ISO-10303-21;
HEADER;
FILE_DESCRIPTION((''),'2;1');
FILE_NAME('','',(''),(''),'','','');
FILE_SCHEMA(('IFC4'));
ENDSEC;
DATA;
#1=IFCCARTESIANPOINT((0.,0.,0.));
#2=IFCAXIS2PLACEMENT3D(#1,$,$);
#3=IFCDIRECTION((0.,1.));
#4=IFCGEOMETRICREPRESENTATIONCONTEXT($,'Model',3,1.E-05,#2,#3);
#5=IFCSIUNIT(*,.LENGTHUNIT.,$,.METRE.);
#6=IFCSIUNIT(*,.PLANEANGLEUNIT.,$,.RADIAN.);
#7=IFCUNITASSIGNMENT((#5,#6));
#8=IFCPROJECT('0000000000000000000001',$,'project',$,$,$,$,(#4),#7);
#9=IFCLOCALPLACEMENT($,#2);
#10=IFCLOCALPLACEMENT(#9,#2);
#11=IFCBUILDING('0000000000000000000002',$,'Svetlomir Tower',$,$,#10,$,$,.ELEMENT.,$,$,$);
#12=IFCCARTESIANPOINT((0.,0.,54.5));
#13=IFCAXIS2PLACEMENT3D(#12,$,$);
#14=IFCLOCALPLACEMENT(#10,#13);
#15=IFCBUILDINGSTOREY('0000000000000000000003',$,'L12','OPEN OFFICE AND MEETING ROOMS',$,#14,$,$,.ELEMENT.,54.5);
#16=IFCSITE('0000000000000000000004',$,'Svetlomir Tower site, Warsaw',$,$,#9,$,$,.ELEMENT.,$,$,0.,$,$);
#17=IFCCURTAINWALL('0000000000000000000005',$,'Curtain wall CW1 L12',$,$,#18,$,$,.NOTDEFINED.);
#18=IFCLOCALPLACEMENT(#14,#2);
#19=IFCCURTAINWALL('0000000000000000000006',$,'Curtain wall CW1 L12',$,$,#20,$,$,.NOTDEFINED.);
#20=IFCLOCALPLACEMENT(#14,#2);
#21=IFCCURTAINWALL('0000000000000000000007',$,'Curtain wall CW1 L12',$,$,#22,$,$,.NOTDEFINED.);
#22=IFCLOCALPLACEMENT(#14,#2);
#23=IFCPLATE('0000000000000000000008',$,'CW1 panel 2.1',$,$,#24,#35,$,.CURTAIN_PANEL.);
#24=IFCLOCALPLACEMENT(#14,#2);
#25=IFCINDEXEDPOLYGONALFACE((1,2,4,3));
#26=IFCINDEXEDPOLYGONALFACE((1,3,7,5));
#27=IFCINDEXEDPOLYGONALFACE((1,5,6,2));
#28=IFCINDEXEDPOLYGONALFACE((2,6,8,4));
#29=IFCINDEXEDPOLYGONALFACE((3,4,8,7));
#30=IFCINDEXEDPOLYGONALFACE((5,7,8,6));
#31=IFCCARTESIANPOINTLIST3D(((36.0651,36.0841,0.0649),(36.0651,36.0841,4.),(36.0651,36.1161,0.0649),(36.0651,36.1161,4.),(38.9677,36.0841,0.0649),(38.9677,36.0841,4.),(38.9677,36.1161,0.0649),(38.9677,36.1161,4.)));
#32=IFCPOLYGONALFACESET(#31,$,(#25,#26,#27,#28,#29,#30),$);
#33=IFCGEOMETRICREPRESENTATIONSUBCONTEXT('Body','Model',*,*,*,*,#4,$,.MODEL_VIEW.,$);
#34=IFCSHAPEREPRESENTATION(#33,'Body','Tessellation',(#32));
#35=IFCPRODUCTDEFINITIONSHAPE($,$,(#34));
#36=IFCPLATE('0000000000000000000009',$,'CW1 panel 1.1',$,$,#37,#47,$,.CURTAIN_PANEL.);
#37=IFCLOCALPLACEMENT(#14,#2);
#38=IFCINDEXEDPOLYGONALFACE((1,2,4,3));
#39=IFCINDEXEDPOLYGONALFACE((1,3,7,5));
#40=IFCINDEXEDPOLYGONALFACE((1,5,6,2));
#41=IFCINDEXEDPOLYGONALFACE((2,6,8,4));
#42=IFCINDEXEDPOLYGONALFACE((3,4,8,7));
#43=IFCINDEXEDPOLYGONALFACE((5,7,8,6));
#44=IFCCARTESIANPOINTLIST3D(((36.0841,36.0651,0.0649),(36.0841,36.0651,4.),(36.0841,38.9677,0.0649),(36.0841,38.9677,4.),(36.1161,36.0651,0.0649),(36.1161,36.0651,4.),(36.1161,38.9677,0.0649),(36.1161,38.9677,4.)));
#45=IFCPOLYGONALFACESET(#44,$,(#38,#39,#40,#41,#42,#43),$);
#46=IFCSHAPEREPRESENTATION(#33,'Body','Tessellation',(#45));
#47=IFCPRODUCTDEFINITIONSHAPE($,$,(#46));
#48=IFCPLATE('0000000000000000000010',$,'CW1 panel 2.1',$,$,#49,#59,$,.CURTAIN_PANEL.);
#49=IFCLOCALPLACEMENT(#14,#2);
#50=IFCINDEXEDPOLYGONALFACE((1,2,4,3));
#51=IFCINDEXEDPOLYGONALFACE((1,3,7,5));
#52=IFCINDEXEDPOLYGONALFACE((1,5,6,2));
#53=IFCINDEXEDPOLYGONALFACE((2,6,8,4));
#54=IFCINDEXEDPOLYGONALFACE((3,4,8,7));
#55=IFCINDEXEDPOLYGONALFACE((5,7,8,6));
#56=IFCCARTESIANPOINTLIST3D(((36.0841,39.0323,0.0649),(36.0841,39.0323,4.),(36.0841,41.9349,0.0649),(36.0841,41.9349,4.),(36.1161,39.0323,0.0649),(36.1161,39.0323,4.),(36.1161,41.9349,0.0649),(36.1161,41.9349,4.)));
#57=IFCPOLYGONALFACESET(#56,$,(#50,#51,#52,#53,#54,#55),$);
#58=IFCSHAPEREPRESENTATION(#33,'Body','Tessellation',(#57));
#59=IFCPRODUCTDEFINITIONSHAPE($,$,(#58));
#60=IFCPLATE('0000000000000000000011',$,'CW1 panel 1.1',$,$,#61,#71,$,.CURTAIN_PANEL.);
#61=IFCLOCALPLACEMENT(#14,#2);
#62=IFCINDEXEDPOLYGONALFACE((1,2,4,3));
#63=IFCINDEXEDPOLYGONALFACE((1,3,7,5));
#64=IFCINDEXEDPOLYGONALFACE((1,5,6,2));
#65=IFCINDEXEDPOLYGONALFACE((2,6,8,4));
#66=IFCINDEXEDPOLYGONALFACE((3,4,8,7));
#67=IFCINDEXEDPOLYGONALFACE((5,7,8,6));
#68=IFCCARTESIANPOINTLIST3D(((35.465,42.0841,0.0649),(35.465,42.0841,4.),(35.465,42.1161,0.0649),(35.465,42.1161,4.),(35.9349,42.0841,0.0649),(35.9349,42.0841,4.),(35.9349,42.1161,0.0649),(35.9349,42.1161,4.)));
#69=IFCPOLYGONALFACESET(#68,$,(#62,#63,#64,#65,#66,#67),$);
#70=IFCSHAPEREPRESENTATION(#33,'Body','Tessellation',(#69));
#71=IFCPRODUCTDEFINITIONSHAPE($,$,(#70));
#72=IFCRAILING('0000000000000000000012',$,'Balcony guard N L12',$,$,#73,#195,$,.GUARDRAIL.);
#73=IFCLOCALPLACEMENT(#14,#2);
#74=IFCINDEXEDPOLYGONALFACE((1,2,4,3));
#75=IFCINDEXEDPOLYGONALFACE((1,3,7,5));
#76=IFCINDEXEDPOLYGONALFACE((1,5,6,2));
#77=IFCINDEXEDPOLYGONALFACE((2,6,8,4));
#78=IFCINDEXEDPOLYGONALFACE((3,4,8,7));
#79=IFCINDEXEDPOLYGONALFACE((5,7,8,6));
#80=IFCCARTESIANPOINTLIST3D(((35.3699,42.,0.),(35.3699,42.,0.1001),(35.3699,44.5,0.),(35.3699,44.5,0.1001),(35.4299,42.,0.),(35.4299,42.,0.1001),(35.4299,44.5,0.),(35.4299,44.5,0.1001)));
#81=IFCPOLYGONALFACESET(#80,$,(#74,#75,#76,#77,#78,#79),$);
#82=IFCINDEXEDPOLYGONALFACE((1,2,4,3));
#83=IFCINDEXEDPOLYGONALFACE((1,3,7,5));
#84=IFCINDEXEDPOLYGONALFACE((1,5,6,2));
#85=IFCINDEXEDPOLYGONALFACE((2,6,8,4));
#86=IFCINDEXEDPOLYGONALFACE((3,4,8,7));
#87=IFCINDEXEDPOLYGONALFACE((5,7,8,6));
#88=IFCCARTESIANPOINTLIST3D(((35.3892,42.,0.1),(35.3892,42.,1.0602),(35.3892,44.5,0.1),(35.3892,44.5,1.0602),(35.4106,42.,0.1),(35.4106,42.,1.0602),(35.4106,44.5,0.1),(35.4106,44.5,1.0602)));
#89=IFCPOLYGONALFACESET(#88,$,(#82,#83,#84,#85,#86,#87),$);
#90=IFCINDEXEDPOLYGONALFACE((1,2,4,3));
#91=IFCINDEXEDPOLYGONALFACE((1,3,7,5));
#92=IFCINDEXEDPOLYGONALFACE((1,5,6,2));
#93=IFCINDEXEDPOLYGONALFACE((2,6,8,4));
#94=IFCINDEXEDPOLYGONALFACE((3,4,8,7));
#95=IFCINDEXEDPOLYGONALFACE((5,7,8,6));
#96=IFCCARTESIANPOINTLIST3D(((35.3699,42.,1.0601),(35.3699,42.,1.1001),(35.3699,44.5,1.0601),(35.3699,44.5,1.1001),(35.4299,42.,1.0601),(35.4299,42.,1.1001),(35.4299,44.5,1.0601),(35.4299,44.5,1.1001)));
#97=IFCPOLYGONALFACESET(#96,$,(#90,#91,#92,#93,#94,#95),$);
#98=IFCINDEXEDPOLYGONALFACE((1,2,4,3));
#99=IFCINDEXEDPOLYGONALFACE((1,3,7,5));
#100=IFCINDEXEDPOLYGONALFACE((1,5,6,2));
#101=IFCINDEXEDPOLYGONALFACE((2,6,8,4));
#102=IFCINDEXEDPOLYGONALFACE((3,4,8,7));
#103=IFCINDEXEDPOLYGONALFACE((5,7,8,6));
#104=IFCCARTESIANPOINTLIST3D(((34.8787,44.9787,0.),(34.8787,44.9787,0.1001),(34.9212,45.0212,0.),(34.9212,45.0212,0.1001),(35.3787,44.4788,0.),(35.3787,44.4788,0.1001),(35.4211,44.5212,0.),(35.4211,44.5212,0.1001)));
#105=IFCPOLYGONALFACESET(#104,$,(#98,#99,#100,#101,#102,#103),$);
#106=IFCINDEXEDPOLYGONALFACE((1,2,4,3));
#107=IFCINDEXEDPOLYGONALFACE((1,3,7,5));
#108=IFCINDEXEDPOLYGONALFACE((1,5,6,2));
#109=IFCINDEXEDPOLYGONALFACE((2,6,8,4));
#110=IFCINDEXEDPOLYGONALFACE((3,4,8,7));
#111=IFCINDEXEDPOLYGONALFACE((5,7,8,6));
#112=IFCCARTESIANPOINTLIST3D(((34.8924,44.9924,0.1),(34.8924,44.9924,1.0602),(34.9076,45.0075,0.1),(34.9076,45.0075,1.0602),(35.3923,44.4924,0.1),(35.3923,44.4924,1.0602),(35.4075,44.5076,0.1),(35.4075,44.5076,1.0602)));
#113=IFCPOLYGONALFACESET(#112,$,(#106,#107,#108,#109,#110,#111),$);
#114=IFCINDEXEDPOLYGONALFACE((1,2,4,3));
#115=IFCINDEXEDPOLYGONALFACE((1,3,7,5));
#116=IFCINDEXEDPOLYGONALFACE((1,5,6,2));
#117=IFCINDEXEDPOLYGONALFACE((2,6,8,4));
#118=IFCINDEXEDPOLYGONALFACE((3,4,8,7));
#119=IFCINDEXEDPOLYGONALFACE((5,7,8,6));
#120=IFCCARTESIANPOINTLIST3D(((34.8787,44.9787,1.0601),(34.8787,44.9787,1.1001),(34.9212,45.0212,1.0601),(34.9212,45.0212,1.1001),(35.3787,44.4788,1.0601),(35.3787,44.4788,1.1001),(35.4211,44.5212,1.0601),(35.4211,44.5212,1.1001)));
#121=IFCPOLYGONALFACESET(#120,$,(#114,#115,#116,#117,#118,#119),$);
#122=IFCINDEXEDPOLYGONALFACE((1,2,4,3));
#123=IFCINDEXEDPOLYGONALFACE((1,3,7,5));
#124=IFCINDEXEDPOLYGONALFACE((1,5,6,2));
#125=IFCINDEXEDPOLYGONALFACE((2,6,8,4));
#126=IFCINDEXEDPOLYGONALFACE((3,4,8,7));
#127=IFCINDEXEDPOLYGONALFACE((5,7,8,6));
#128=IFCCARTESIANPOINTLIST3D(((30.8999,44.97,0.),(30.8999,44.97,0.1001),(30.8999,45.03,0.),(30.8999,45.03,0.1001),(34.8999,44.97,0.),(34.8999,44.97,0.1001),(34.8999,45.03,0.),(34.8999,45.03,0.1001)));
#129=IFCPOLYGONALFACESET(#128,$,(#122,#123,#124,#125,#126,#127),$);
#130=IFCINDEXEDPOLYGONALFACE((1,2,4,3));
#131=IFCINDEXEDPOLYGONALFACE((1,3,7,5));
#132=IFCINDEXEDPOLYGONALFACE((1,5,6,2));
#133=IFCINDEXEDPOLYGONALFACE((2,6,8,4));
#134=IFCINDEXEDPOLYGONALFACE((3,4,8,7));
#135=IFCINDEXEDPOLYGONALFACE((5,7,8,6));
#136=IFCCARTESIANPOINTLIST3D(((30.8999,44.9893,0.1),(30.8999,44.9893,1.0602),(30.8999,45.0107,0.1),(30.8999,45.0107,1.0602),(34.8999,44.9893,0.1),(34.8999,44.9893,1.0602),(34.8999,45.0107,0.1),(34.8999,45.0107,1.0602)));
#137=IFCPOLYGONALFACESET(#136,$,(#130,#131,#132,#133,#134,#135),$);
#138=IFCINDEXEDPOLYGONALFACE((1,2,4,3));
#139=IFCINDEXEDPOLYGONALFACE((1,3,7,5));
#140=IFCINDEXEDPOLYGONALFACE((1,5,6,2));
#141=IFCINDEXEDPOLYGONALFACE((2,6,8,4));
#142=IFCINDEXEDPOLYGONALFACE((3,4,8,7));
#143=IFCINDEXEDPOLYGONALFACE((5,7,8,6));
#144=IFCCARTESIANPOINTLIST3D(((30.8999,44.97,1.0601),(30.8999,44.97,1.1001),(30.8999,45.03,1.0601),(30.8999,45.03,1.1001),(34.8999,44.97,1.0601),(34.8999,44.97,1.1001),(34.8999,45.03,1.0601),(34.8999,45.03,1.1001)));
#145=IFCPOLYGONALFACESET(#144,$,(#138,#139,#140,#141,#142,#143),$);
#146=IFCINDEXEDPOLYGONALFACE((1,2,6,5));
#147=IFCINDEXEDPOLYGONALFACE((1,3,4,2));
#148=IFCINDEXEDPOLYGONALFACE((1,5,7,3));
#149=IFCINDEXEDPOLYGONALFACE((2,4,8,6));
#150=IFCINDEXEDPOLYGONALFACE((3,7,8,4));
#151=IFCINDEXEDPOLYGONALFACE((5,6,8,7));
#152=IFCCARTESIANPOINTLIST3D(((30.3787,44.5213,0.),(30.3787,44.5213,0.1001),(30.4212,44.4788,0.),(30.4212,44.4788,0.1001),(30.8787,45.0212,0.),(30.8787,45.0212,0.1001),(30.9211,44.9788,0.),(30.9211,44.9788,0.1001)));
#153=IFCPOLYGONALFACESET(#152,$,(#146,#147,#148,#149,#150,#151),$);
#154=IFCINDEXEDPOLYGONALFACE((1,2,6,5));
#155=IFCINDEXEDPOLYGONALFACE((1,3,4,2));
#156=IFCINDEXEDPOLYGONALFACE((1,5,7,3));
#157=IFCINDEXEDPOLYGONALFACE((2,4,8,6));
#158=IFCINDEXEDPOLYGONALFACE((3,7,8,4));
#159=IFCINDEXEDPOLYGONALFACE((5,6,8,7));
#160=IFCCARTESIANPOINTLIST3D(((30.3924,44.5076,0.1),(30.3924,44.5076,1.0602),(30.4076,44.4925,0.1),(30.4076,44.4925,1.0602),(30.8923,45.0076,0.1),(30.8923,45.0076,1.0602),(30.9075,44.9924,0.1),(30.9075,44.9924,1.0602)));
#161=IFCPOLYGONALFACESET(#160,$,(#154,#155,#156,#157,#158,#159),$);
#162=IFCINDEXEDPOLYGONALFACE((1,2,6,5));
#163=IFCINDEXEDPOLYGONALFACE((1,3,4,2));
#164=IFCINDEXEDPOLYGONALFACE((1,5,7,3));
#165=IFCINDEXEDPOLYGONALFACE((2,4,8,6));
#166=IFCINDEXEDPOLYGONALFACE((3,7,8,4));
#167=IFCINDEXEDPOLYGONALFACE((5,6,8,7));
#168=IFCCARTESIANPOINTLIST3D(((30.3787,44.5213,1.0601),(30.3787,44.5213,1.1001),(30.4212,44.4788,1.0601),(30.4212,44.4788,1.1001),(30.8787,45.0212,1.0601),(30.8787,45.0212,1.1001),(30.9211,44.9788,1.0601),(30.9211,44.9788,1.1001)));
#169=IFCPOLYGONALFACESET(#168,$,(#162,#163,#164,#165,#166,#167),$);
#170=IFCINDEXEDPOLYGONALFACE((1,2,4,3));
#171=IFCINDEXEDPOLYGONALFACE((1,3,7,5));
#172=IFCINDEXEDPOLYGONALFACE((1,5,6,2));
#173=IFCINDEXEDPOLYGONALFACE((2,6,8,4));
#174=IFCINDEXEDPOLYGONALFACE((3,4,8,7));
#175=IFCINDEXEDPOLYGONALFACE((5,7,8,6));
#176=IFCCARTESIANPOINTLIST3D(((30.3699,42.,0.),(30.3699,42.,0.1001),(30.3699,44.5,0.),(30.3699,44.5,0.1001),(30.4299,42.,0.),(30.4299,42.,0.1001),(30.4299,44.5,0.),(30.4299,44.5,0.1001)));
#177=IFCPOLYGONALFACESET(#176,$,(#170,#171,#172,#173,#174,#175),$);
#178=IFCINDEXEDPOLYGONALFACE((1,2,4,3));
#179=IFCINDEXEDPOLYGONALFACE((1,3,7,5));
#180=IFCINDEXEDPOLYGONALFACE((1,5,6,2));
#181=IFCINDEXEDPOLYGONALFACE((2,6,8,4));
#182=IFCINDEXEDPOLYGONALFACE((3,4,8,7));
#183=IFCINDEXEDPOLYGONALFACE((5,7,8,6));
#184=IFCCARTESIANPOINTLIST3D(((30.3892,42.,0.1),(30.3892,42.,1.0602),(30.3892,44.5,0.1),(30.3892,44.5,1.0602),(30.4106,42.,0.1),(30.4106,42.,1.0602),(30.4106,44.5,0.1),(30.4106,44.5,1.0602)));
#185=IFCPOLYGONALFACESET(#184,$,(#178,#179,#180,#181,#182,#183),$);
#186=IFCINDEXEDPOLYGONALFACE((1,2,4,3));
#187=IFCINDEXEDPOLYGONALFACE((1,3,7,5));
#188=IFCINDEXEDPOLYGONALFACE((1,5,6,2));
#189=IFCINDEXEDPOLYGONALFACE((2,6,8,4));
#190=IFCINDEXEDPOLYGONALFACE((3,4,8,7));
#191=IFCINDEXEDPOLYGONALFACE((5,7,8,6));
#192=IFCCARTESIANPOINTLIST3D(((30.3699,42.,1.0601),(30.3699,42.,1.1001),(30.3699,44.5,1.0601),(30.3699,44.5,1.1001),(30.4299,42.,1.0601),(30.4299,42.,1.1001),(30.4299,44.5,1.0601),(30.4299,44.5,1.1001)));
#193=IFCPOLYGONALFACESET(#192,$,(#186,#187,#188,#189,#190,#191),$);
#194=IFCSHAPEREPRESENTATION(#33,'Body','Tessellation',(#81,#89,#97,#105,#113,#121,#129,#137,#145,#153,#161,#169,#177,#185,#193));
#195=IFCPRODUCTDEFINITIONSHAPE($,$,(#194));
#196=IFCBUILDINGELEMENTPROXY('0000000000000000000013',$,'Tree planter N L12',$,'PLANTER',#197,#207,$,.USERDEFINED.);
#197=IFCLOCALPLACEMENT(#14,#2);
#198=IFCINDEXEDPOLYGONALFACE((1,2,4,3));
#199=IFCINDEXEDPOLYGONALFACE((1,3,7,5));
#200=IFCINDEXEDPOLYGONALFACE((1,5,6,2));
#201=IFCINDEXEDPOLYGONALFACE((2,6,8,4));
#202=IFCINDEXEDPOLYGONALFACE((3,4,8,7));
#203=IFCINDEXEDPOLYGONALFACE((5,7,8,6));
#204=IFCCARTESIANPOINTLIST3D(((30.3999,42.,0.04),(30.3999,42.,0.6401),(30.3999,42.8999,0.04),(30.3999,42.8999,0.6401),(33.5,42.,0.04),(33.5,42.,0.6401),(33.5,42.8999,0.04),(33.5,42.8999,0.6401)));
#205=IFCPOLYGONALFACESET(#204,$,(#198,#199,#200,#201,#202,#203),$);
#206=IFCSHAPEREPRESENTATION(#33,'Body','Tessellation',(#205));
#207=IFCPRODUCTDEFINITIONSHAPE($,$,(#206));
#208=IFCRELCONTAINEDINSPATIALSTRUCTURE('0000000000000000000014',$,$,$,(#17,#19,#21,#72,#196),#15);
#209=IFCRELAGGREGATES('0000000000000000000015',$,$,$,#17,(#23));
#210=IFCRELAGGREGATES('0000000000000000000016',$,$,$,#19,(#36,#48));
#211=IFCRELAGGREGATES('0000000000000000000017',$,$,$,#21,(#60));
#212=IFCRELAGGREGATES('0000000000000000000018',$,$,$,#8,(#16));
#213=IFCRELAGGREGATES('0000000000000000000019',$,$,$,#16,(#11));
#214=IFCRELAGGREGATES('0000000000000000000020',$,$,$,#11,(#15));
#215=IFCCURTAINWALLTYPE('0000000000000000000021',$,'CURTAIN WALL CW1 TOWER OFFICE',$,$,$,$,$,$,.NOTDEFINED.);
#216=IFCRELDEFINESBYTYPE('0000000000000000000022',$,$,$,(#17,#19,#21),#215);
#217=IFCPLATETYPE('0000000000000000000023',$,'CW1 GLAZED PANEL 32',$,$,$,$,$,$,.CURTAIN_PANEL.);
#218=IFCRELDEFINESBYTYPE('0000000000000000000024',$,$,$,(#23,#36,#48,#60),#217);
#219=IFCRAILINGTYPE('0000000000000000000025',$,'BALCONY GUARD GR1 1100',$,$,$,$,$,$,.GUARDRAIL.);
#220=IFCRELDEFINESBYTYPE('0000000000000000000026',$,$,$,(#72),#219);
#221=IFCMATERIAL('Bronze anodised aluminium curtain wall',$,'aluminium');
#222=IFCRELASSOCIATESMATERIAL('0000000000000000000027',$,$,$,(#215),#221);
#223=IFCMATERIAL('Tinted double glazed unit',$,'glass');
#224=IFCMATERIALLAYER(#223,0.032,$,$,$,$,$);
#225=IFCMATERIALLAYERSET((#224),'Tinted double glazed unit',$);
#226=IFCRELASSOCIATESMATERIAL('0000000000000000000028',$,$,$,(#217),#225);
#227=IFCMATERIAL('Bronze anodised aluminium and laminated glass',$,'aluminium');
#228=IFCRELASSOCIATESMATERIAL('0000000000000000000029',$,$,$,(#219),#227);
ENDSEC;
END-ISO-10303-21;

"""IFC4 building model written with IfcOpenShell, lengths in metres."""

from ifc_helpers import new_model, si_unit, direction, frame, origin, origin_2d, place, context, subcontext, project, spatial, rectangle, extrude, material, layer, layer_set, type_object, element, aggregate, save


model = new_model("IFC4")

# Units and contexts
model_context = context("Model", 3, precision=1e-05, world=origin(), true_north=direction((0.0, 1.0)))
body_context = subcontext(model_context, "Body", "Model", "MODEL_VIEW")
ifc_project = project(units=[si_unit("LENGTHUNIT", "METRE"), si_unit("PLANEANGLEUNIT", "RADIAN")], contexts=[model_context])

# Site, building, storey
site_placement = place(None, origin())
site = spatial("IfcSite", under=ifc_project, at=site_placement, Name="Svetlomir Tower site, Warsaw", CompositionType="ELEMENT", RefElevation=0.0)
building_placement = place(site_placement, origin())
building = spatial("IfcBuilding", under=site, at=building_placement, Name="Svetlomir Tower", CompositionType="ELEMENT")
storey_placement = place(building_placement, frame((0.0, 0.0, 54.5)))
storey = spatial("IfcBuildingStorey", under=building, at=storey_placement, Name="L12", Description="OPEN OFFICE AND MEETING ROOMS", CompositionType="ELEMENT", Elevation=54.5)

# Shared definitions
ifc_material_1 = material(Name="Bronze anodised aluminium curtain wall", Category="aluminium")
curtain_wall_type = type_object("IfcCurtainWallType", Name="CURTAIN WALL CW1 TOWER OFFICE", PredefinedType="NOTDEFINED", material=ifc_material_1)

# Curtain walls
curtain_wall_1_placement = place(storey_placement, origin())
curtain_wall_1 = element("IfcCurtainWall", 1, at=curtain_wall_1_placement, inside=storey, type_object=curtain_wall_type, Name="Curtain wall CW1 L12", PredefinedType="NOTDEFINED")
curtain_wall_2_placement = place(storey_placement, origin())
curtain_wall_2 = element("IfcCurtainWall", 2, at=curtain_wall_2_placement, inside=storey, type_object=curtain_wall_type, Name="Curtain wall CW1 L12", PredefinedType="NOTDEFINED")
curtain_wall_3_placement = place(storey_placement, origin())
curtain_wall_3 = element("IfcCurtainWall", 3, at=curtain_wall_3_placement, inside=storey, type_object=curtain_wall_type, Name="Curtain wall CW1 L12", PredefinedType="NOTDEFINED")

# Plates
ifc_material_2 = material(Name="Tinted double glazed unit", Category="glass")
ifc_layer_1 = layer(ifc_material_2, 0.032)
ifc_layer_set_1 = layer_set([ifc_layer_1], Name="Tinted double glazed unit")
plate_type = type_object("IfcPlateType", Name="CW1 GLAZED PANEL 32", PredefinedType="CURTAIN_PANEL", material=ifc_layer_set_1)
plate_1_placement = place(storey_placement, frame((37.5164, 36.1001, 0.0649), z_axis=(0.0, 0.0, 1.0), x_axis=(-1.0, 0.0, 0.0)))
plate_1 = element("IfcPlate", 4, at=plate_1_placement, type_object=plate_type, Name="CW1 panel 2.1", PredefinedType="CURTAIN_PANEL", context=body_context, shape_type="SweptSolid", body=[
    extrude(rectangle(XDim=2.9026, YDim=0.032, at=origin_2d()), origin(), (0.0, 0.0, 1.0), 3.9351),
])
aggregate(curtain_wall_1, [plate_1])
plate_2_placement = place(storey_placement, frame((36.1001, 37.5164, 0.0649), z_axis=(0.0, 0.0, 1.0), x_axis=(0.0, 1.0, 0.0)))
plate_2 = element("IfcPlate", 5, at=plate_2_placement, type_object=plate_type, Name="CW1 panel 1.1", PredefinedType="CURTAIN_PANEL", context=body_context, shape_type="SweptSolid", body=[
    extrude(rectangle(XDim=2.9026, YDim=0.032, at=origin_2d()), origin(), (0.0, 0.0, 1.0), 3.9351),
])
plate_3_placement = place(storey_placement, frame((36.1001, 40.4836, 0.0649), z_axis=(0.0, 0.0, 1.0), x_axis=(0.0, 1.0, 0.0)))
plate_3 = element("IfcPlate", 6, at=plate_3_placement, type_object=plate_type, Name="CW1 panel 2.1", PredefinedType="CURTAIN_PANEL", context=body_context, shape_type="SweptSolid", body=[
    extrude(rectangle(XDim=2.9026, YDim=0.032, at=origin_2d()), origin(), (0.0, 0.0, 1.0), 3.9351),
])
aggregate(curtain_wall_2, [plate_2, plate_3])
plate_4_placement = place(storey_placement, frame((35.7, 42.1001, 0.0649), z_axis=(0.0, 0.0, 1.0), x_axis=(-1.0, 0.0, 0.0)))
plate_4 = element("IfcPlate", 7, at=plate_4_placement, type_object=plate_type, Name="CW1 panel 1.1", PredefinedType="CURTAIN_PANEL", context=body_context, shape_type="SweptSolid", body=[
    extrude(rectangle(XDim=0.47, YDim=0.032, at=origin_2d()), origin(), (0.0, 0.0, 1.0), 3.9351),
])
aggregate(curtain_wall_3, [plate_4])

# Railing
ifc_material_3 = material(Name="Bronze anodised aluminium and laminated glass", Category="aluminium")
railing_type = type_object("IfcRailingType", Name="BALCONY GUARD GR1 1100", PredefinedType="GUARDRAIL", material=ifc_material_3)
railing_placement = place(storey_placement, frame((35.3999, 42.0, 0.0)))
element("IfcRailing", 8, at=railing_placement, inside=storey, type_object=railing_type, Name="Balcony guard N L12", PredefinedType="GUARDRAIL", context=body_context, shape_type="SweptSolid", body=[
    extrude(rectangle(XDim=0.0601, YDim=0.1001, at=origin_2d()), frame((0.0, 0.0, 0.05), z_axis=(0.0, 1.0, 0.0), x_axis=(-1.0, 0.0, 0.0)), (0.0, 0.0, 1.0), 2.5),
    extrude(rectangle(XDim=0.0215, YDim=0.9602, at=origin_2d()), frame((0.0, 0.0, 0.5801), z_axis=(0.0, 1.0, 0.0), x_axis=(-1.0, 0.0, 0.0)), (0.0, 0.0, 1.0), 2.5),
    extrude(rectangle(XDim=0.0601, YDim=0.04, at=origin_2d()), frame((0.0, 0.0, 1.0801), z_axis=(0.0, 1.0, 0.0), x_axis=(-1.0, 0.0, 0.0)), (0.0, 0.0, 1.0), 2.5),
    extrude(rectangle(XDim=0.0601, YDim=0.1001, at=origin_2d()), frame((0.0, 2.5, 0.05), z_axis=(-0.707107, 0.707107, 0.0), x_axis=(-0.707107, -0.707107, 0.0)), (0.0, 0.0, 1.0), 0.707),
    extrude(rectangle(XDim=0.0215, YDim=0.9602, at=origin_2d()), frame((0.0, 2.5, 0.5801), z_axis=(-0.707107, 0.707107, 0.0), x_axis=(-0.707107, -0.707107, 0.0)), (0.0, 0.0, 1.0), 0.707),
    extrude(rectangle(XDim=0.0601, YDim=0.04, at=origin_2d()), frame((0.0, 2.5, 1.0801), z_axis=(-0.707107, 0.707107, 0.0), x_axis=(-0.707107, -0.707107, 0.0)), (0.0, 0.0, 1.0), 0.707),
    extrude(rectangle(XDim=0.0601, YDim=0.1001, at=origin_2d()), frame((-0.5, 3.0, 0.05), z_axis=(-1.0, 0.0, 0.0), x_axis=(0.0, -1.0, 0.0)), (0.0, 0.0, 1.0), 4.0),
    extrude(rectangle(XDim=0.0215, YDim=0.9602, at=origin_2d()), frame((-0.5, 3.0, 0.5801), z_axis=(-1.0, 0.0, 0.0), x_axis=(0.0, -1.0, 0.0)), (0.0, 0.0, 1.0), 4.0),
    extrude(rectangle(XDim=0.0601, YDim=0.04, at=origin_2d()), frame((-0.5, 3.0, 1.0801), z_axis=(-1.0, 0.0, 0.0), x_axis=(0.0, -1.0, 0.0)), (0.0, 0.0, 1.0), 4.0),
    extrude(rectangle(XDim=0.0601, YDim=0.1001, at=origin_2d()), frame((-4.5, 3.0, 0.05), z_axis=(-0.707107, -0.707107, 0.0), x_axis=(0.707107, -0.707107, 0.0)), (0.0, 0.0, 1.0), 0.707),
    extrude(rectangle(XDim=0.0215, YDim=0.9602, at=origin_2d()), frame((-4.5, 3.0, 0.5801), z_axis=(-0.707107, -0.707107, 0.0), x_axis=(0.707107, -0.707107, 0.0)), (0.0, 0.0, 1.0), 0.707),
    extrude(rectangle(XDim=0.0601, YDim=0.04, at=origin_2d()), frame((-4.5, 3.0, 1.0801), z_axis=(-0.707107, -0.707107, 0.0), x_axis=(0.707107, -0.707107, 0.0)), (0.0, 0.0, 1.0), 0.707),
    extrude(rectangle(XDim=0.0601, YDim=0.1001, at=origin_2d()), frame((-5.0, 2.5, 0.05), z_axis=(0.0, -1.0, 0.0), x_axis=(1.0, 0.0, 0.0)), (0.0, 0.0, 1.0), 2.5),
    extrude(rectangle(XDim=0.0215, YDim=0.9602, at=origin_2d()), frame((-5.0, 2.5, 0.5801), z_axis=(0.0, -1.0, 0.0), x_axis=(1.0, 0.0, 0.0)), (0.0, 0.0, 1.0), 2.5),
    extrude(rectangle(XDim=0.0601, YDim=0.04, at=origin_2d()), frame((-5.0, 2.5, 1.0801), z_axis=(0.0, -1.0, 0.0), x_axis=(1.0, 0.0, 0.0)), (0.0, 0.0, 1.0), 2.5),
])

# Building element proxy
proxy_placement = place(storey_placement, frame((31.95, 42.45, 0.04), z_axis=(0.0, 0.0, 1.0), x_axis=(1.0, 0.0, 0.0)))
element("IfcBuildingElementProxy", 9, at=proxy_placement, inside=storey, Name="Tree planter N L12", ObjectType="PLANTER", PredefinedType="USERDEFINED", context=body_context, shape_type="SweptSolid", body=[
    extrude(rectangle(XDim=3.1001, YDim=0.8999, at=origin_2d()), origin(), (0.0, 0.0, 1.0), 0.6001),
])

save(model, "model.ifc")
